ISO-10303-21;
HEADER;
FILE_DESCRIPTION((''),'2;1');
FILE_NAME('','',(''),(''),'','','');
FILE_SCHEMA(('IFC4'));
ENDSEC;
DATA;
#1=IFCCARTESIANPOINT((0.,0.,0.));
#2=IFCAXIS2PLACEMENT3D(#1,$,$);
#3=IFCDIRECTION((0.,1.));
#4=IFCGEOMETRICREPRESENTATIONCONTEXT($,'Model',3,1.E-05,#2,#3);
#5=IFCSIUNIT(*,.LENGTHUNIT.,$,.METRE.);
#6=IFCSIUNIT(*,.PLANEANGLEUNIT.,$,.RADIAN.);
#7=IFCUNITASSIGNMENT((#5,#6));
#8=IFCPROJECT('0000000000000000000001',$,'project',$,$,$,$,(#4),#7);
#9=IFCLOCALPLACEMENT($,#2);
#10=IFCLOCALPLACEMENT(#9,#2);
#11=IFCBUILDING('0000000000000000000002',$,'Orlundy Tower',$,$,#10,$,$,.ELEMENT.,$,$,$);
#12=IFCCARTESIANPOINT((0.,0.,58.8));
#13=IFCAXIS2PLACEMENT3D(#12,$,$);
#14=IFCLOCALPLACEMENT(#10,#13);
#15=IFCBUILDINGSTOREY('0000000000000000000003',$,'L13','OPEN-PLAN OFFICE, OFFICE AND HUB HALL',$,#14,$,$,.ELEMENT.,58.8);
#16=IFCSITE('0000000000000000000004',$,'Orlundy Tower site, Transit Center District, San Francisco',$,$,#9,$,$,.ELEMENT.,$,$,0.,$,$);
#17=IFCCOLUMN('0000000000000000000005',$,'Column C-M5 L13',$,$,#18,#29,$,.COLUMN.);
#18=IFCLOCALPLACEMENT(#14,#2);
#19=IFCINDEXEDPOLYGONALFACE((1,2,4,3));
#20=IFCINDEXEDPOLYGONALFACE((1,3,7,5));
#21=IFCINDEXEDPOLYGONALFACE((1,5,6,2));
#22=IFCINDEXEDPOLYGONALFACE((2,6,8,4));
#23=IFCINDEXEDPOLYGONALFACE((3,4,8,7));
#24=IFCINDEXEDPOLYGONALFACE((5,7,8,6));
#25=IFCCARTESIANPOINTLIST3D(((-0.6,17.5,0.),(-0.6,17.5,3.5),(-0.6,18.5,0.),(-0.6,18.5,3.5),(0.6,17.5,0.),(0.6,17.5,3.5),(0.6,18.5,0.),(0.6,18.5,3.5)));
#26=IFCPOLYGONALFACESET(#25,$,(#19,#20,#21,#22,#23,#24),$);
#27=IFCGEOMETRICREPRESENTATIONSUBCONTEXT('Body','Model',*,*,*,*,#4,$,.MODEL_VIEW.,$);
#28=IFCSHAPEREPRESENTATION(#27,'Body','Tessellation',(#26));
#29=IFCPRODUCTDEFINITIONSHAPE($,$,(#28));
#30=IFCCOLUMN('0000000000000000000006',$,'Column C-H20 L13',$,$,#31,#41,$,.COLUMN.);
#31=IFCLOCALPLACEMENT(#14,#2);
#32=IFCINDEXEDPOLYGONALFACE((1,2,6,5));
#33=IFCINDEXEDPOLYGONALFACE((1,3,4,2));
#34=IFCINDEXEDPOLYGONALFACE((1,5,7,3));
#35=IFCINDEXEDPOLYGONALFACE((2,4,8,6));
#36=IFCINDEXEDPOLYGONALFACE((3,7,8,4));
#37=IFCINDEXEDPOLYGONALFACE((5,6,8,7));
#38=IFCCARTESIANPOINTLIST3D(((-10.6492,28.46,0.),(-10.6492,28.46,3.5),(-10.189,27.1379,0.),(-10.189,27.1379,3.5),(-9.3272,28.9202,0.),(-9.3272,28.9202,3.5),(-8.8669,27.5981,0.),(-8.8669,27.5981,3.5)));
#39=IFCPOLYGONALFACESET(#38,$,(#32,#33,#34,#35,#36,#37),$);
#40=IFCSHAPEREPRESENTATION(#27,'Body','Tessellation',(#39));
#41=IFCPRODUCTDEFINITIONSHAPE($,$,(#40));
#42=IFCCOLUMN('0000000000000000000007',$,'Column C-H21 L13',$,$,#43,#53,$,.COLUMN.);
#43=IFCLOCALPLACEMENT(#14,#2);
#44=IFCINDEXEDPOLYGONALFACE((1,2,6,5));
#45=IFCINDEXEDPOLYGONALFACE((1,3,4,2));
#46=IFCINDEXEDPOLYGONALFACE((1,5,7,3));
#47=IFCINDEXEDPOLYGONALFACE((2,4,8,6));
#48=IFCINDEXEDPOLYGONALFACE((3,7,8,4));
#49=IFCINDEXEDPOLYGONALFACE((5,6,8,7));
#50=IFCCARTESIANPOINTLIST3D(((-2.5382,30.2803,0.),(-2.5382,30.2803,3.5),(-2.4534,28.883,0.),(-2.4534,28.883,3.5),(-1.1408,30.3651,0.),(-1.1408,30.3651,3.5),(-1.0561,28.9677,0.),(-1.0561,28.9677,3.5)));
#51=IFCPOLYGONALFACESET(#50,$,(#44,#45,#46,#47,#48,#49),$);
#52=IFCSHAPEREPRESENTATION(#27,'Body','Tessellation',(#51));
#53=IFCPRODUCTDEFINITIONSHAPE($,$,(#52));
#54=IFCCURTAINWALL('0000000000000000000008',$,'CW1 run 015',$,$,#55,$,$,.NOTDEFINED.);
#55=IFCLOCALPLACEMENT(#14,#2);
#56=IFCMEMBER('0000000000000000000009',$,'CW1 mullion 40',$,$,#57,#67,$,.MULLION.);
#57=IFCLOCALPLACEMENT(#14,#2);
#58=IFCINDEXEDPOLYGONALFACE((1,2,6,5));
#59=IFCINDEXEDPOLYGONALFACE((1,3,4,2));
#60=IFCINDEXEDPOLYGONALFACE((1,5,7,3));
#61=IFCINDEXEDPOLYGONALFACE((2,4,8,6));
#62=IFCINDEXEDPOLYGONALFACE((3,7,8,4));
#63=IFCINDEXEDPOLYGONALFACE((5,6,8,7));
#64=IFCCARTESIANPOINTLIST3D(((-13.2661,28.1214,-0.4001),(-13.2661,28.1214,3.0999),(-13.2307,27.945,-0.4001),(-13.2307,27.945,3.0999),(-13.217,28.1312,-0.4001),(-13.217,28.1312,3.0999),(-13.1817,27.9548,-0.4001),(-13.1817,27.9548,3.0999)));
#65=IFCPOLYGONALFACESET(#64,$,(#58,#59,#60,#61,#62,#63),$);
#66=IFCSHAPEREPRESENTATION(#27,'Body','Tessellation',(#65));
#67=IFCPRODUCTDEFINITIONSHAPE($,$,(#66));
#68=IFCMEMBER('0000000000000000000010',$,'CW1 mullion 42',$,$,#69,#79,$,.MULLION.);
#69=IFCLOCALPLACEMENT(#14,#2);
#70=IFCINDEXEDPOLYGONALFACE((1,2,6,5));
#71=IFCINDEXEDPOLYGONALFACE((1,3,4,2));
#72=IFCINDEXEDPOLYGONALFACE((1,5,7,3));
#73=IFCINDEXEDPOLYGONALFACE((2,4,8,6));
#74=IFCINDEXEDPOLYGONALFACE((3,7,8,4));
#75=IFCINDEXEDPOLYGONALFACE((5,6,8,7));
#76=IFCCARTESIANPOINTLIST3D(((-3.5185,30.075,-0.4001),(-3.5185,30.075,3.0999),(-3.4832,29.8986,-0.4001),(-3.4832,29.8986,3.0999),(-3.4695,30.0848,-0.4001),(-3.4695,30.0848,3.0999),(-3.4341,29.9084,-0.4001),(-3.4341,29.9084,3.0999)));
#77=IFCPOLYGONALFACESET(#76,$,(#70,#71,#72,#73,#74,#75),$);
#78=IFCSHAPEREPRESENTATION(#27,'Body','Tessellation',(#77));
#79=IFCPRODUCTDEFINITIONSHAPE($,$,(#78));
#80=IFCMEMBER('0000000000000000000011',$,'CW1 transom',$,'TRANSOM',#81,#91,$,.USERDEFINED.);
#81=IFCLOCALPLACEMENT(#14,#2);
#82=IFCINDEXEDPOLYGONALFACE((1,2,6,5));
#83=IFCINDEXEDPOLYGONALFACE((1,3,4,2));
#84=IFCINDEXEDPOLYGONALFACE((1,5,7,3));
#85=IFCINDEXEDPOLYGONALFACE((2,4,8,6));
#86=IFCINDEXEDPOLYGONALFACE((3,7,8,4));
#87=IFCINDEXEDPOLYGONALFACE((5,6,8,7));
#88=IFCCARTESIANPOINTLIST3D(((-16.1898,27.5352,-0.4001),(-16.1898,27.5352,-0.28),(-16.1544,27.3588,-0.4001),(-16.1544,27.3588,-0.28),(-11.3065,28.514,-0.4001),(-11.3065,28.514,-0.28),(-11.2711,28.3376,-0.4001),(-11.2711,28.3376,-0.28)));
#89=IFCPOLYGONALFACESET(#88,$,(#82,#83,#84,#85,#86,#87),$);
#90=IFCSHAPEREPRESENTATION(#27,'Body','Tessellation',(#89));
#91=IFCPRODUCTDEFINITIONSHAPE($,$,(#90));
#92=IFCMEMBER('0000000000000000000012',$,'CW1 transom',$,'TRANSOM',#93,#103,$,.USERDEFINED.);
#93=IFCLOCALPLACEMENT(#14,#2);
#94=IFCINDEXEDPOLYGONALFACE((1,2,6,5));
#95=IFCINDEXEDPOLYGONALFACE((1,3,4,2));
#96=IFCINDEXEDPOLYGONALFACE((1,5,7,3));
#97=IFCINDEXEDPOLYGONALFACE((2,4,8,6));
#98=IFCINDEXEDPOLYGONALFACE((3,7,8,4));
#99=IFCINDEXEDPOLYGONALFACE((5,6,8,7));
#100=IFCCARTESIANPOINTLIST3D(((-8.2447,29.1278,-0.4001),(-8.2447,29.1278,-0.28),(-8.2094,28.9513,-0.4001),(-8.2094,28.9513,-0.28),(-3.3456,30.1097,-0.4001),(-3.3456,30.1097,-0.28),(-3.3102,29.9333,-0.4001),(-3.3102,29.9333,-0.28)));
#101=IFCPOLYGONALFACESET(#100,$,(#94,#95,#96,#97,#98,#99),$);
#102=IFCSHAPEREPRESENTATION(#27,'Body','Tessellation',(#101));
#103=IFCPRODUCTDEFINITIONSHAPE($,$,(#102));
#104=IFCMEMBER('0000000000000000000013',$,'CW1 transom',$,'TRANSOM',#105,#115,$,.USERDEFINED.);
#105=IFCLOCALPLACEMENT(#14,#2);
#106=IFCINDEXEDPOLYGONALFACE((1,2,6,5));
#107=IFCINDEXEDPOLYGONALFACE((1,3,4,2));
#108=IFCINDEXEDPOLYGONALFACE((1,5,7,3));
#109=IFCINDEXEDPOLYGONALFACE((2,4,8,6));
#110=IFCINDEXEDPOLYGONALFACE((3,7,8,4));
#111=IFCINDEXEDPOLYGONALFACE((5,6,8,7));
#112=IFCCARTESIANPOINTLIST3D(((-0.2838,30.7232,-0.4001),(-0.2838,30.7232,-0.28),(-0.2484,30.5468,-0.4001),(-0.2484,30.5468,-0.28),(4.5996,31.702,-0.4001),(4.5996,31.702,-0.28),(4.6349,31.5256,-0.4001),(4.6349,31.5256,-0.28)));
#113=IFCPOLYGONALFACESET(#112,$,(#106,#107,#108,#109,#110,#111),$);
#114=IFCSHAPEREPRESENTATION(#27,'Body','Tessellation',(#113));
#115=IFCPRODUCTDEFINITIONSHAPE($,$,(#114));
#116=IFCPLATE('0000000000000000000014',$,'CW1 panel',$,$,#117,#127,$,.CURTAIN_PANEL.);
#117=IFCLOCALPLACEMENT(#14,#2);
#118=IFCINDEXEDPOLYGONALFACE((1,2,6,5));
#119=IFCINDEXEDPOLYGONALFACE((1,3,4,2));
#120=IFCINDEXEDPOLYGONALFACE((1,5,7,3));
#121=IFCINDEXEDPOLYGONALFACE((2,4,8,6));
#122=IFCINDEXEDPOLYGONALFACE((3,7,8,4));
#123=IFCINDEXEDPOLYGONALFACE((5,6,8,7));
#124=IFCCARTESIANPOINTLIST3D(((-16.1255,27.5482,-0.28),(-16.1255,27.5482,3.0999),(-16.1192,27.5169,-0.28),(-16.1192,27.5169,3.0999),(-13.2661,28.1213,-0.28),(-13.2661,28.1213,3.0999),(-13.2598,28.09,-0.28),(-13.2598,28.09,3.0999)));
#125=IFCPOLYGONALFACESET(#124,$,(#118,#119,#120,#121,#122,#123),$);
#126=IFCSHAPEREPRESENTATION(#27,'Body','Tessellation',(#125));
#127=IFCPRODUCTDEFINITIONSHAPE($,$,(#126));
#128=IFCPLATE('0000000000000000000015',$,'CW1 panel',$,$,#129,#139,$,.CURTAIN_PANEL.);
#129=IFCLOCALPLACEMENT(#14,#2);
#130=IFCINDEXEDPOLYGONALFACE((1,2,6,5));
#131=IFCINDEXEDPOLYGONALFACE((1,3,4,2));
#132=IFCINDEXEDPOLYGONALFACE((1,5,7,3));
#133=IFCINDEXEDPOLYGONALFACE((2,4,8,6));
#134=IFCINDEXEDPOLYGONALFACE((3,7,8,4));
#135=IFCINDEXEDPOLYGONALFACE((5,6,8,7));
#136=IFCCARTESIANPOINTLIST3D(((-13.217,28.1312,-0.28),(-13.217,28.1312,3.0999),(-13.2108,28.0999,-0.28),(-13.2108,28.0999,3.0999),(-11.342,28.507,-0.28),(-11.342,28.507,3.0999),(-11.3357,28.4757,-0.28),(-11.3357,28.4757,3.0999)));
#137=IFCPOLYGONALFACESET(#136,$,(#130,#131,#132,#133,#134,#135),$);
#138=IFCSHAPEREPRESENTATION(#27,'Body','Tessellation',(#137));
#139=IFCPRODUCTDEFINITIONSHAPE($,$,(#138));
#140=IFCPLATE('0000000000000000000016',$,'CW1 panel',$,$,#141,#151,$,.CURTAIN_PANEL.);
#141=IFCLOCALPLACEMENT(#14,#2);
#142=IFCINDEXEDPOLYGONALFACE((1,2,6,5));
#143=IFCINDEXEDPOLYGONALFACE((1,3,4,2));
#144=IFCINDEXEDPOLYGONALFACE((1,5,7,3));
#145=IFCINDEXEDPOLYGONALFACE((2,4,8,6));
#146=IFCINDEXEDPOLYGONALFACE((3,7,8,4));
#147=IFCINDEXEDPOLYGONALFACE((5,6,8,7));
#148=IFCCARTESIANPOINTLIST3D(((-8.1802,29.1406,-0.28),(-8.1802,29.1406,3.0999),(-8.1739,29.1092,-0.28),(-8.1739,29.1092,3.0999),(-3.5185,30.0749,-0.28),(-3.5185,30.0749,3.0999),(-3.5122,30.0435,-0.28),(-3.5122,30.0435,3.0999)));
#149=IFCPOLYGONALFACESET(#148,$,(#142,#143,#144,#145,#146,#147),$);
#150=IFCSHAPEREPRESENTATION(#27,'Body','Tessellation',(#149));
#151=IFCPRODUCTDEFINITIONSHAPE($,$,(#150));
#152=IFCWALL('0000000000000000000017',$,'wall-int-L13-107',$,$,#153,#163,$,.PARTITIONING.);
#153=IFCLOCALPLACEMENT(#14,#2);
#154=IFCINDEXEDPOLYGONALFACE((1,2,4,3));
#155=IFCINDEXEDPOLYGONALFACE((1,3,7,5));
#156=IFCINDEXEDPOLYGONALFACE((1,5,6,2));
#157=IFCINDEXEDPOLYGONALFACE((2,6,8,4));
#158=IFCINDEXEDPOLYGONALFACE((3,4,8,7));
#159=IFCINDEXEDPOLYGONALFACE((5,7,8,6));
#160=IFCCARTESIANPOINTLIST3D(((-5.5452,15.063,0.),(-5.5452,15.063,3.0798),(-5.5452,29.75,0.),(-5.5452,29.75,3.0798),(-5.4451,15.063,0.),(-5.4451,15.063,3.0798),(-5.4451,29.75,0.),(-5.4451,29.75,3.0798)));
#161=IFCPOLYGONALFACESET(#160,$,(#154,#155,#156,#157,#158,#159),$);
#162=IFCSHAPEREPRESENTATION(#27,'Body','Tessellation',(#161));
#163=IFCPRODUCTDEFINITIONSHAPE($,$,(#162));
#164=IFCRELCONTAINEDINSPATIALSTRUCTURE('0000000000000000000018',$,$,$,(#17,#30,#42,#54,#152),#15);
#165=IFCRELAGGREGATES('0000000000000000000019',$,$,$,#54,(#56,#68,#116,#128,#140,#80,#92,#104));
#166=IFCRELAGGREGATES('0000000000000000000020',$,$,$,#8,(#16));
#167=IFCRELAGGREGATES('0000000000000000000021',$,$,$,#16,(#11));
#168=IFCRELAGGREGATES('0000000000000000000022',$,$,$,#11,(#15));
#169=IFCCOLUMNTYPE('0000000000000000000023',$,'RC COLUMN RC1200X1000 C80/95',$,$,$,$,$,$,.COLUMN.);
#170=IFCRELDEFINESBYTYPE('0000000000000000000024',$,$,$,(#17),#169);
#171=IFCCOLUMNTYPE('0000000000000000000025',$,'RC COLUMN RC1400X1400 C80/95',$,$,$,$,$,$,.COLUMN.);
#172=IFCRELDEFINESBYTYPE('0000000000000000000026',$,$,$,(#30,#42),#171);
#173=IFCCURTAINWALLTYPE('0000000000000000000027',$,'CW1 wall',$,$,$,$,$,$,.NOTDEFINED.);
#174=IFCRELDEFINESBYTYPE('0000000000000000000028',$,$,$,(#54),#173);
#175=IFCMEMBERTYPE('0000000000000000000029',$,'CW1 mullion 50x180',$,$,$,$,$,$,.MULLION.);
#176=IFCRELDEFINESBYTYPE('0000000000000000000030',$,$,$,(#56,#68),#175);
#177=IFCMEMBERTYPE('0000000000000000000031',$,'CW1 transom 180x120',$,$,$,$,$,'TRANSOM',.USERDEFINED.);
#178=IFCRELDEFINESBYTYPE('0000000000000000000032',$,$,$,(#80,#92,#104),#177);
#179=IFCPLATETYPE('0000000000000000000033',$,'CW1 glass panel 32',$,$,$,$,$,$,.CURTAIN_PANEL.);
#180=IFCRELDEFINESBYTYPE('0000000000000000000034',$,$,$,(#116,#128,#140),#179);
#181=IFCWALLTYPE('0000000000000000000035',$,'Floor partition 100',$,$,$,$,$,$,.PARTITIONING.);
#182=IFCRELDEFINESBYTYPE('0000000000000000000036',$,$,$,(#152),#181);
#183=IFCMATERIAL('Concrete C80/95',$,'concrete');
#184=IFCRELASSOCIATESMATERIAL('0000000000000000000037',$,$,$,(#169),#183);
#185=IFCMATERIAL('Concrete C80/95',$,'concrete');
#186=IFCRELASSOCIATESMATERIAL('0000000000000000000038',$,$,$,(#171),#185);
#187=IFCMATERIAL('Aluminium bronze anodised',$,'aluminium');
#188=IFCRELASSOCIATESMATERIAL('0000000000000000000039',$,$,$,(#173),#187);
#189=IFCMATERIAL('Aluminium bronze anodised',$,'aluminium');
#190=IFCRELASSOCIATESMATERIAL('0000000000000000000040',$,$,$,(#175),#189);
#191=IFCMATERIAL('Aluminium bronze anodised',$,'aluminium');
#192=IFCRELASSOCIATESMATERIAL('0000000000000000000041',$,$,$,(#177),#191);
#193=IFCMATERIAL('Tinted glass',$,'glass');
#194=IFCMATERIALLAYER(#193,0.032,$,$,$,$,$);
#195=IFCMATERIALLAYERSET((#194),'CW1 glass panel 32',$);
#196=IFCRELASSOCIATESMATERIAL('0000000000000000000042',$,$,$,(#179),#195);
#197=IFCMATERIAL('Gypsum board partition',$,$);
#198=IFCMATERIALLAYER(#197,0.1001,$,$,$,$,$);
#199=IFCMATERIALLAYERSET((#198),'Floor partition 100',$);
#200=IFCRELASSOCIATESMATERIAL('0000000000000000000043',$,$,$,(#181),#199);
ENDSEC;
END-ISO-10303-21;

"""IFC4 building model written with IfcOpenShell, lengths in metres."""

from ifc_helpers import new_model, si_unit, direction, frame, frame_2d, origin, origin_2d, place, context, subcontext, project, spatial, rectangle, extrude, material, layer, layer_set, material_profile, profile_set, type_object, element, aggregate, save


model = new_model("IFC4")

# Units and contexts
model_context = context("Model", 3, precision=1e-05, world=origin(), true_north=direction((0.0, 1.0)))
body_context = subcontext(model_context, "Body", "Model", "MODEL_VIEW")
ifc_project = project(units=[si_unit("LENGTHUNIT", "METRE"), si_unit("PLANEANGLEUNIT", "RADIAN")], contexts=[model_context])

# Site, building, storey
site_placement = place(None, origin())
site = spatial("IfcSite", under=ifc_project, at=site_placement, Name="Orlundy Tower site, Transit Center District, San Francisco", CompositionType="ELEMENT", RefElevation=0.0)
building_placement = place(site_placement, origin())
building = spatial("IfcBuilding", under=site, at=building_placement, Name="Orlundy Tower", CompositionType="ELEMENT")
storey_placement = place(building_placement, frame((0.0, 0.0, 58.8)))
storey = spatial("IfcBuildingStorey", under=building, at=storey_placement, Name="L13", Description="OPEN-PLAN OFFICE, OFFICE AND HUB HALL", CompositionType="ELEMENT", Elevation=58.8)

# Columns
ifc_material_1 = material(Name="Concrete C80/95", Category="concrete")
ifc_material_profile_1 = material_profile(ifc_material_1, rectangle(XDim=1.2, YDim=1.0, at=origin_2d()), Name="RC1200X1000")
ifc_profile_set_1 = profile_set([ifc_material_profile_1], Name="Concrete C80/95")
column_type_1 = type_object("IfcColumnType", Name="RC COLUMN RC1200X1000 C80/95", PredefinedType="COLUMN", material=ifc_profile_set_1)
column_placement = place(storey_placement, frame((0.0, 18.0, 0.0), z_axis=(0.0, 0.0, 1.0), x_axis=(1.0, 0.0, 0.0)))
element("IfcColumn", 1, at=column_placement, inside=storey, type_object=column_type_1, Name="Column C-M5 L13", PredefinedType="COLUMN", context=body_context, shape_type="SweptSolid", body=[
    extrude(rectangle(XDim=1.2, YDim=1.0, at=origin_2d()), origin(), (0.0, 0.0, 1.0), 3.5),
])
ifc_material_2 = material(Name="Concrete C80/95", Category="concrete")
ifc_material_profile_2 = material_profile(ifc_material_2, rectangle(XDim=1.3999, YDim=1.3999, at=origin_2d()), Name="RC1400X1400")
ifc_profile_set_2 = profile_set([ifc_material_profile_2], Name="Concrete C80/95")
column_type_2 = type_object("IfcColumnType", Name="RC COLUMN RC1400X1400 C80/95", PredefinedType="COLUMN", material=ifc_profile_set_2)
for number, where, z_axis, x_axis, name in (
    (2, (-9.7581, 28.0291, 0.0), (0.0, 0.0, 1.0), (-0.328784, 0.944405, 0.0), "Column C-H20 L13"),
    (3, (-1.7971, 29.624, 0.0), (0.0, 0.0, 1.0), (-0.060543, 0.998166, 0.0), "Column C-H21 L13"),
):
    element("IfcColumn", number, at=place(storey_placement, frame(where, z_axis=z_axis, x_axis=x_axis)), inside=storey, type_object=column_type_2, Name=name, PredefinedType="COLUMN", context=body_context, shape_type="SweptSolid", body=[
        extrude(rectangle(XDim=1.3999, YDim=1.3999, at=origin_2d()), origin(), (0.0, 0.0, 1.0), 3.5),
    ])

# Curtain wall, members, plates
ifc_material_3 = material(Name="Aluminium bronze anodised", Category="aluminium")
curtain_wall_type = type_object("IfcCurtainWallType", Name="CW1 wall", PredefinedType="NOTDEFINED", material=ifc_material_3)
curtain_wall_placement = place(storey_placement, origin())
curtain_wall = element("IfcCurtainWall", 4, at=curtain_wall_placement, inside=storey, type_object=curtain_wall_type, Name="CW1 run 015", PredefinedType="NOTDEFINED")
ifc_material_4 = material(Name="Aluminium bronze anodised", Category="aluminium")
ifc_material_profile_3 = material_profile(ifc_material_4, rectangle(XDim=0.1799, YDim=0.05, at=origin_2d()), Name="CW1 mullion 50x180")
ifc_profile_set_3 = profile_set([ifc_material_profile_3], Name="Aluminium bronze anodised")
member_type_1 = type_object("IfcMemberType", Name="CW1 mullion 50x180", PredefinedType="MULLION", material=ifc_profile_set_3)
member_1_placement = place(storey_placement, frame((-13.2239, 28.0381, -0.4001), z_axis=(0.0, 0.0, 1.0), x_axis=(-0.196511, 0.980502, 0.0)))
member_1 = element("IfcMember", 5, at=member_1_placement, type_object=member_type_1, Name="CW1 mullion 40", PredefinedType="MULLION", context=body_context, shape_type="SweptSolid", body=[
    extrude(rectangle(XDim=0.1799, YDim=0.05, at=origin_2d()), origin(), (0.0, 0.0, 1.0), 3.5),
])
member_2_placement = place(storey_placement, frame((-3.4763, 29.9917, -0.4001), z_axis=(0.0, 0.0, 1.0), x_axis=(-0.196511, 0.980502, 0.0)))
member_2 = element("IfcMember", 6, at=member_2_placement, type_object=member_type_1, Name="CW1 mullion 42", PredefinedType="MULLION", context=body_context, shape_type="SweptSolid", body=[
    extrude(rectangle(XDim=0.1799, YDim=0.05, at=origin_2d()), origin(), (0.0, 0.0, 1.0), 3.5),
])
ifc_material_5 = material(Name="Aluminium bronze anodised", Category="aluminium")
ifc_material_profile_4 = material_profile(ifc_material_5, rectangle(XDim=0.1799, YDim=0.1201, at=origin_2d()), Name="CW1 transom 180x120")
ifc_profile_set_4 = profile_set([ifc_material_profile_4], Name="Aluminium bronze anodised")
member_type_2 = type_object("IfcMemberType", Name="CW1 transom 180x120", ElementType="TRANSOM", PredefinedType="USERDEFINED", material=ifc_profile_set_4)
member_3_placement = place(storey_placement, frame((-16.1721, 27.447, -0.3401), z_axis=(0.9805, 0.196521, 0.0), x_axis=(-0.196521, 0.9805, 0.0)))
member_3 = element("IfcMember", 7, at=member_3_placement, type_object=member_type_2, Name="CW1 transom", ObjectType="TRANSOM", PredefinedType="USERDEFINED", context=body_context, shape_type="SweptSolid", body=[
    extrude(rectangle(XDim=0.1799, YDim=0.1201, at=origin_2d()), origin(), (0.0, 0.0, 1.0), 4.9805),
])
member_4_placement = place(storey_placement, frame((-8.2271, 29.0396, -0.3401), z_axis=(0.9805, 0.19652, 0.0), x_axis=(-0.19652, 0.9805, 0.0)))
member_4 = element("IfcMember", 8, at=member_4_placement, type_object=member_type_2, Name="CW1 transom", ObjectType="TRANSOM", PredefinedType="USERDEFINED", context=body_context, shape_type="SweptSolid", body=[
    extrude(rectangle(XDim=0.1799, YDim=0.1201, at=origin_2d()), origin(), (0.0, 0.0, 1.0), 4.9966),
])
member_5_placement = place(storey_placement, frame((-0.2661, 30.635, -0.3401), z_axis=(0.9805, 0.196521, 0.0), x_axis=(-0.196521, 0.9805, 0.0)))
member_5 = element("IfcMember", 9, at=member_5_placement, type_object=member_type_2, Name="CW1 transom", ObjectType="TRANSOM", PredefinedType="USERDEFINED", context=body_context, shape_type="SweptSolid", body=[
    extrude(rectangle(XDim=0.1799, YDim=0.1201, at=origin_2d()), origin(), (0.0, 0.0, 1.0), 4.9805),
])
ifc_material_6 = material(Name="Tinted glass", Category="glass")
ifc_layer_1 = layer(ifc_material_6, 0.032)
ifc_layer_set_1 = layer_set([ifc_layer_1], Name="CW1 glass panel 32")
plate_type = type_object("IfcPlateType", Name="CW1 glass panel 32", PredefinedType="CURTAIN_PANEL", material=ifc_layer_set_1)
plate_1_placement = place(storey_placement, frame((-14.6926, 27.8191, -0.28), z_axis=(0.0, 0.0, 1.0), x_axis=(0.980502, 0.196511, 0.0)))
plate_1 = element("IfcPlate", 10, at=plate_1_placement, type_object=plate_type, Name="CW1 panel", PredefinedType="CURTAIN_PANEL", context=body_context, shape_type="SweptSolid", body=[
    extrude(rectangle(XDim=2.9163, YDim=0.032, at=origin_2d()), origin(), (0.0, 0.0, 1.0), 3.3799),
])
plate_2_placement = place(storey_placement, frame((-12.2764, 28.3035, -0.28), z_axis=(0.0, 0.0, 1.0), x_axis=(0.980502, 0.196511, 0.0)))
plate_2 = element("IfcPlate", 11, at=plate_2_placement, type_object=plate_type, Name="CW1 panel", PredefinedType="CURTAIN_PANEL", context=body_context, shape_type="SweptSolid", body=[
    extrude(rectangle(XDim=1.9124, YDim=0.032, at=origin_2d()), origin(), (0.0, 0.0, 1.0), 3.3799),
])
plate_3_placement = place(storey_placement, frame((-5.8462, 29.592, -0.28), z_axis=(0.0, 0.0, 1.0), x_axis=(0.980502, 0.196511, 0.0)))
plate_3 = element("IfcPlate", 12, at=plate_3_placement, type_object=plate_type, Name="CW1 panel", PredefinedType="CURTAIN_PANEL", context=body_context, shape_type="SweptSolid", body=[
    extrude(rectangle(XDim=4.7544, YDim=0.032, at=origin_2d()), origin(), (0.0, 0.0, 1.0), 3.3799),
])
aggregate(curtain_wall, [member_1, member_2, plate_1, plate_2, plate_3, member_3, member_4, member_5])

# Wall
ifc_material_7 = material(Name="Gypsum board partition")
ifc_layer_2 = layer(ifc_material_7, 0.1001)
ifc_layer_set_2 = layer_set([ifc_layer_2], Name="Floor partition 100")
wall_type_1 = type_object("IfcWallType", Name="Floor partition 100", PredefinedType="PARTITIONING", material=ifc_layer_set_2)
wall_1_placement = place(storey_placement, frame((-5.4951, 15.063, 0.0), z_axis=(0.0, 0.0, 1.0), x_axis=(0.0, 1.0, 0.0)))
element("IfcWall", 13, at=wall_1_placement, inside=storey, type_object=wall_type_1, Name="wall-int-L13-107", PredefinedType="PARTITIONING", context=body_context, shape_type="SweptSolid", body=[
    extrude(rectangle(XDim=14.687, YDim=0.1001, at=frame_2d((7.3435, 0.0))), origin(), (0.0, 0.0, 1.0), 3.0798),
])

save(model, "model.ifc")
